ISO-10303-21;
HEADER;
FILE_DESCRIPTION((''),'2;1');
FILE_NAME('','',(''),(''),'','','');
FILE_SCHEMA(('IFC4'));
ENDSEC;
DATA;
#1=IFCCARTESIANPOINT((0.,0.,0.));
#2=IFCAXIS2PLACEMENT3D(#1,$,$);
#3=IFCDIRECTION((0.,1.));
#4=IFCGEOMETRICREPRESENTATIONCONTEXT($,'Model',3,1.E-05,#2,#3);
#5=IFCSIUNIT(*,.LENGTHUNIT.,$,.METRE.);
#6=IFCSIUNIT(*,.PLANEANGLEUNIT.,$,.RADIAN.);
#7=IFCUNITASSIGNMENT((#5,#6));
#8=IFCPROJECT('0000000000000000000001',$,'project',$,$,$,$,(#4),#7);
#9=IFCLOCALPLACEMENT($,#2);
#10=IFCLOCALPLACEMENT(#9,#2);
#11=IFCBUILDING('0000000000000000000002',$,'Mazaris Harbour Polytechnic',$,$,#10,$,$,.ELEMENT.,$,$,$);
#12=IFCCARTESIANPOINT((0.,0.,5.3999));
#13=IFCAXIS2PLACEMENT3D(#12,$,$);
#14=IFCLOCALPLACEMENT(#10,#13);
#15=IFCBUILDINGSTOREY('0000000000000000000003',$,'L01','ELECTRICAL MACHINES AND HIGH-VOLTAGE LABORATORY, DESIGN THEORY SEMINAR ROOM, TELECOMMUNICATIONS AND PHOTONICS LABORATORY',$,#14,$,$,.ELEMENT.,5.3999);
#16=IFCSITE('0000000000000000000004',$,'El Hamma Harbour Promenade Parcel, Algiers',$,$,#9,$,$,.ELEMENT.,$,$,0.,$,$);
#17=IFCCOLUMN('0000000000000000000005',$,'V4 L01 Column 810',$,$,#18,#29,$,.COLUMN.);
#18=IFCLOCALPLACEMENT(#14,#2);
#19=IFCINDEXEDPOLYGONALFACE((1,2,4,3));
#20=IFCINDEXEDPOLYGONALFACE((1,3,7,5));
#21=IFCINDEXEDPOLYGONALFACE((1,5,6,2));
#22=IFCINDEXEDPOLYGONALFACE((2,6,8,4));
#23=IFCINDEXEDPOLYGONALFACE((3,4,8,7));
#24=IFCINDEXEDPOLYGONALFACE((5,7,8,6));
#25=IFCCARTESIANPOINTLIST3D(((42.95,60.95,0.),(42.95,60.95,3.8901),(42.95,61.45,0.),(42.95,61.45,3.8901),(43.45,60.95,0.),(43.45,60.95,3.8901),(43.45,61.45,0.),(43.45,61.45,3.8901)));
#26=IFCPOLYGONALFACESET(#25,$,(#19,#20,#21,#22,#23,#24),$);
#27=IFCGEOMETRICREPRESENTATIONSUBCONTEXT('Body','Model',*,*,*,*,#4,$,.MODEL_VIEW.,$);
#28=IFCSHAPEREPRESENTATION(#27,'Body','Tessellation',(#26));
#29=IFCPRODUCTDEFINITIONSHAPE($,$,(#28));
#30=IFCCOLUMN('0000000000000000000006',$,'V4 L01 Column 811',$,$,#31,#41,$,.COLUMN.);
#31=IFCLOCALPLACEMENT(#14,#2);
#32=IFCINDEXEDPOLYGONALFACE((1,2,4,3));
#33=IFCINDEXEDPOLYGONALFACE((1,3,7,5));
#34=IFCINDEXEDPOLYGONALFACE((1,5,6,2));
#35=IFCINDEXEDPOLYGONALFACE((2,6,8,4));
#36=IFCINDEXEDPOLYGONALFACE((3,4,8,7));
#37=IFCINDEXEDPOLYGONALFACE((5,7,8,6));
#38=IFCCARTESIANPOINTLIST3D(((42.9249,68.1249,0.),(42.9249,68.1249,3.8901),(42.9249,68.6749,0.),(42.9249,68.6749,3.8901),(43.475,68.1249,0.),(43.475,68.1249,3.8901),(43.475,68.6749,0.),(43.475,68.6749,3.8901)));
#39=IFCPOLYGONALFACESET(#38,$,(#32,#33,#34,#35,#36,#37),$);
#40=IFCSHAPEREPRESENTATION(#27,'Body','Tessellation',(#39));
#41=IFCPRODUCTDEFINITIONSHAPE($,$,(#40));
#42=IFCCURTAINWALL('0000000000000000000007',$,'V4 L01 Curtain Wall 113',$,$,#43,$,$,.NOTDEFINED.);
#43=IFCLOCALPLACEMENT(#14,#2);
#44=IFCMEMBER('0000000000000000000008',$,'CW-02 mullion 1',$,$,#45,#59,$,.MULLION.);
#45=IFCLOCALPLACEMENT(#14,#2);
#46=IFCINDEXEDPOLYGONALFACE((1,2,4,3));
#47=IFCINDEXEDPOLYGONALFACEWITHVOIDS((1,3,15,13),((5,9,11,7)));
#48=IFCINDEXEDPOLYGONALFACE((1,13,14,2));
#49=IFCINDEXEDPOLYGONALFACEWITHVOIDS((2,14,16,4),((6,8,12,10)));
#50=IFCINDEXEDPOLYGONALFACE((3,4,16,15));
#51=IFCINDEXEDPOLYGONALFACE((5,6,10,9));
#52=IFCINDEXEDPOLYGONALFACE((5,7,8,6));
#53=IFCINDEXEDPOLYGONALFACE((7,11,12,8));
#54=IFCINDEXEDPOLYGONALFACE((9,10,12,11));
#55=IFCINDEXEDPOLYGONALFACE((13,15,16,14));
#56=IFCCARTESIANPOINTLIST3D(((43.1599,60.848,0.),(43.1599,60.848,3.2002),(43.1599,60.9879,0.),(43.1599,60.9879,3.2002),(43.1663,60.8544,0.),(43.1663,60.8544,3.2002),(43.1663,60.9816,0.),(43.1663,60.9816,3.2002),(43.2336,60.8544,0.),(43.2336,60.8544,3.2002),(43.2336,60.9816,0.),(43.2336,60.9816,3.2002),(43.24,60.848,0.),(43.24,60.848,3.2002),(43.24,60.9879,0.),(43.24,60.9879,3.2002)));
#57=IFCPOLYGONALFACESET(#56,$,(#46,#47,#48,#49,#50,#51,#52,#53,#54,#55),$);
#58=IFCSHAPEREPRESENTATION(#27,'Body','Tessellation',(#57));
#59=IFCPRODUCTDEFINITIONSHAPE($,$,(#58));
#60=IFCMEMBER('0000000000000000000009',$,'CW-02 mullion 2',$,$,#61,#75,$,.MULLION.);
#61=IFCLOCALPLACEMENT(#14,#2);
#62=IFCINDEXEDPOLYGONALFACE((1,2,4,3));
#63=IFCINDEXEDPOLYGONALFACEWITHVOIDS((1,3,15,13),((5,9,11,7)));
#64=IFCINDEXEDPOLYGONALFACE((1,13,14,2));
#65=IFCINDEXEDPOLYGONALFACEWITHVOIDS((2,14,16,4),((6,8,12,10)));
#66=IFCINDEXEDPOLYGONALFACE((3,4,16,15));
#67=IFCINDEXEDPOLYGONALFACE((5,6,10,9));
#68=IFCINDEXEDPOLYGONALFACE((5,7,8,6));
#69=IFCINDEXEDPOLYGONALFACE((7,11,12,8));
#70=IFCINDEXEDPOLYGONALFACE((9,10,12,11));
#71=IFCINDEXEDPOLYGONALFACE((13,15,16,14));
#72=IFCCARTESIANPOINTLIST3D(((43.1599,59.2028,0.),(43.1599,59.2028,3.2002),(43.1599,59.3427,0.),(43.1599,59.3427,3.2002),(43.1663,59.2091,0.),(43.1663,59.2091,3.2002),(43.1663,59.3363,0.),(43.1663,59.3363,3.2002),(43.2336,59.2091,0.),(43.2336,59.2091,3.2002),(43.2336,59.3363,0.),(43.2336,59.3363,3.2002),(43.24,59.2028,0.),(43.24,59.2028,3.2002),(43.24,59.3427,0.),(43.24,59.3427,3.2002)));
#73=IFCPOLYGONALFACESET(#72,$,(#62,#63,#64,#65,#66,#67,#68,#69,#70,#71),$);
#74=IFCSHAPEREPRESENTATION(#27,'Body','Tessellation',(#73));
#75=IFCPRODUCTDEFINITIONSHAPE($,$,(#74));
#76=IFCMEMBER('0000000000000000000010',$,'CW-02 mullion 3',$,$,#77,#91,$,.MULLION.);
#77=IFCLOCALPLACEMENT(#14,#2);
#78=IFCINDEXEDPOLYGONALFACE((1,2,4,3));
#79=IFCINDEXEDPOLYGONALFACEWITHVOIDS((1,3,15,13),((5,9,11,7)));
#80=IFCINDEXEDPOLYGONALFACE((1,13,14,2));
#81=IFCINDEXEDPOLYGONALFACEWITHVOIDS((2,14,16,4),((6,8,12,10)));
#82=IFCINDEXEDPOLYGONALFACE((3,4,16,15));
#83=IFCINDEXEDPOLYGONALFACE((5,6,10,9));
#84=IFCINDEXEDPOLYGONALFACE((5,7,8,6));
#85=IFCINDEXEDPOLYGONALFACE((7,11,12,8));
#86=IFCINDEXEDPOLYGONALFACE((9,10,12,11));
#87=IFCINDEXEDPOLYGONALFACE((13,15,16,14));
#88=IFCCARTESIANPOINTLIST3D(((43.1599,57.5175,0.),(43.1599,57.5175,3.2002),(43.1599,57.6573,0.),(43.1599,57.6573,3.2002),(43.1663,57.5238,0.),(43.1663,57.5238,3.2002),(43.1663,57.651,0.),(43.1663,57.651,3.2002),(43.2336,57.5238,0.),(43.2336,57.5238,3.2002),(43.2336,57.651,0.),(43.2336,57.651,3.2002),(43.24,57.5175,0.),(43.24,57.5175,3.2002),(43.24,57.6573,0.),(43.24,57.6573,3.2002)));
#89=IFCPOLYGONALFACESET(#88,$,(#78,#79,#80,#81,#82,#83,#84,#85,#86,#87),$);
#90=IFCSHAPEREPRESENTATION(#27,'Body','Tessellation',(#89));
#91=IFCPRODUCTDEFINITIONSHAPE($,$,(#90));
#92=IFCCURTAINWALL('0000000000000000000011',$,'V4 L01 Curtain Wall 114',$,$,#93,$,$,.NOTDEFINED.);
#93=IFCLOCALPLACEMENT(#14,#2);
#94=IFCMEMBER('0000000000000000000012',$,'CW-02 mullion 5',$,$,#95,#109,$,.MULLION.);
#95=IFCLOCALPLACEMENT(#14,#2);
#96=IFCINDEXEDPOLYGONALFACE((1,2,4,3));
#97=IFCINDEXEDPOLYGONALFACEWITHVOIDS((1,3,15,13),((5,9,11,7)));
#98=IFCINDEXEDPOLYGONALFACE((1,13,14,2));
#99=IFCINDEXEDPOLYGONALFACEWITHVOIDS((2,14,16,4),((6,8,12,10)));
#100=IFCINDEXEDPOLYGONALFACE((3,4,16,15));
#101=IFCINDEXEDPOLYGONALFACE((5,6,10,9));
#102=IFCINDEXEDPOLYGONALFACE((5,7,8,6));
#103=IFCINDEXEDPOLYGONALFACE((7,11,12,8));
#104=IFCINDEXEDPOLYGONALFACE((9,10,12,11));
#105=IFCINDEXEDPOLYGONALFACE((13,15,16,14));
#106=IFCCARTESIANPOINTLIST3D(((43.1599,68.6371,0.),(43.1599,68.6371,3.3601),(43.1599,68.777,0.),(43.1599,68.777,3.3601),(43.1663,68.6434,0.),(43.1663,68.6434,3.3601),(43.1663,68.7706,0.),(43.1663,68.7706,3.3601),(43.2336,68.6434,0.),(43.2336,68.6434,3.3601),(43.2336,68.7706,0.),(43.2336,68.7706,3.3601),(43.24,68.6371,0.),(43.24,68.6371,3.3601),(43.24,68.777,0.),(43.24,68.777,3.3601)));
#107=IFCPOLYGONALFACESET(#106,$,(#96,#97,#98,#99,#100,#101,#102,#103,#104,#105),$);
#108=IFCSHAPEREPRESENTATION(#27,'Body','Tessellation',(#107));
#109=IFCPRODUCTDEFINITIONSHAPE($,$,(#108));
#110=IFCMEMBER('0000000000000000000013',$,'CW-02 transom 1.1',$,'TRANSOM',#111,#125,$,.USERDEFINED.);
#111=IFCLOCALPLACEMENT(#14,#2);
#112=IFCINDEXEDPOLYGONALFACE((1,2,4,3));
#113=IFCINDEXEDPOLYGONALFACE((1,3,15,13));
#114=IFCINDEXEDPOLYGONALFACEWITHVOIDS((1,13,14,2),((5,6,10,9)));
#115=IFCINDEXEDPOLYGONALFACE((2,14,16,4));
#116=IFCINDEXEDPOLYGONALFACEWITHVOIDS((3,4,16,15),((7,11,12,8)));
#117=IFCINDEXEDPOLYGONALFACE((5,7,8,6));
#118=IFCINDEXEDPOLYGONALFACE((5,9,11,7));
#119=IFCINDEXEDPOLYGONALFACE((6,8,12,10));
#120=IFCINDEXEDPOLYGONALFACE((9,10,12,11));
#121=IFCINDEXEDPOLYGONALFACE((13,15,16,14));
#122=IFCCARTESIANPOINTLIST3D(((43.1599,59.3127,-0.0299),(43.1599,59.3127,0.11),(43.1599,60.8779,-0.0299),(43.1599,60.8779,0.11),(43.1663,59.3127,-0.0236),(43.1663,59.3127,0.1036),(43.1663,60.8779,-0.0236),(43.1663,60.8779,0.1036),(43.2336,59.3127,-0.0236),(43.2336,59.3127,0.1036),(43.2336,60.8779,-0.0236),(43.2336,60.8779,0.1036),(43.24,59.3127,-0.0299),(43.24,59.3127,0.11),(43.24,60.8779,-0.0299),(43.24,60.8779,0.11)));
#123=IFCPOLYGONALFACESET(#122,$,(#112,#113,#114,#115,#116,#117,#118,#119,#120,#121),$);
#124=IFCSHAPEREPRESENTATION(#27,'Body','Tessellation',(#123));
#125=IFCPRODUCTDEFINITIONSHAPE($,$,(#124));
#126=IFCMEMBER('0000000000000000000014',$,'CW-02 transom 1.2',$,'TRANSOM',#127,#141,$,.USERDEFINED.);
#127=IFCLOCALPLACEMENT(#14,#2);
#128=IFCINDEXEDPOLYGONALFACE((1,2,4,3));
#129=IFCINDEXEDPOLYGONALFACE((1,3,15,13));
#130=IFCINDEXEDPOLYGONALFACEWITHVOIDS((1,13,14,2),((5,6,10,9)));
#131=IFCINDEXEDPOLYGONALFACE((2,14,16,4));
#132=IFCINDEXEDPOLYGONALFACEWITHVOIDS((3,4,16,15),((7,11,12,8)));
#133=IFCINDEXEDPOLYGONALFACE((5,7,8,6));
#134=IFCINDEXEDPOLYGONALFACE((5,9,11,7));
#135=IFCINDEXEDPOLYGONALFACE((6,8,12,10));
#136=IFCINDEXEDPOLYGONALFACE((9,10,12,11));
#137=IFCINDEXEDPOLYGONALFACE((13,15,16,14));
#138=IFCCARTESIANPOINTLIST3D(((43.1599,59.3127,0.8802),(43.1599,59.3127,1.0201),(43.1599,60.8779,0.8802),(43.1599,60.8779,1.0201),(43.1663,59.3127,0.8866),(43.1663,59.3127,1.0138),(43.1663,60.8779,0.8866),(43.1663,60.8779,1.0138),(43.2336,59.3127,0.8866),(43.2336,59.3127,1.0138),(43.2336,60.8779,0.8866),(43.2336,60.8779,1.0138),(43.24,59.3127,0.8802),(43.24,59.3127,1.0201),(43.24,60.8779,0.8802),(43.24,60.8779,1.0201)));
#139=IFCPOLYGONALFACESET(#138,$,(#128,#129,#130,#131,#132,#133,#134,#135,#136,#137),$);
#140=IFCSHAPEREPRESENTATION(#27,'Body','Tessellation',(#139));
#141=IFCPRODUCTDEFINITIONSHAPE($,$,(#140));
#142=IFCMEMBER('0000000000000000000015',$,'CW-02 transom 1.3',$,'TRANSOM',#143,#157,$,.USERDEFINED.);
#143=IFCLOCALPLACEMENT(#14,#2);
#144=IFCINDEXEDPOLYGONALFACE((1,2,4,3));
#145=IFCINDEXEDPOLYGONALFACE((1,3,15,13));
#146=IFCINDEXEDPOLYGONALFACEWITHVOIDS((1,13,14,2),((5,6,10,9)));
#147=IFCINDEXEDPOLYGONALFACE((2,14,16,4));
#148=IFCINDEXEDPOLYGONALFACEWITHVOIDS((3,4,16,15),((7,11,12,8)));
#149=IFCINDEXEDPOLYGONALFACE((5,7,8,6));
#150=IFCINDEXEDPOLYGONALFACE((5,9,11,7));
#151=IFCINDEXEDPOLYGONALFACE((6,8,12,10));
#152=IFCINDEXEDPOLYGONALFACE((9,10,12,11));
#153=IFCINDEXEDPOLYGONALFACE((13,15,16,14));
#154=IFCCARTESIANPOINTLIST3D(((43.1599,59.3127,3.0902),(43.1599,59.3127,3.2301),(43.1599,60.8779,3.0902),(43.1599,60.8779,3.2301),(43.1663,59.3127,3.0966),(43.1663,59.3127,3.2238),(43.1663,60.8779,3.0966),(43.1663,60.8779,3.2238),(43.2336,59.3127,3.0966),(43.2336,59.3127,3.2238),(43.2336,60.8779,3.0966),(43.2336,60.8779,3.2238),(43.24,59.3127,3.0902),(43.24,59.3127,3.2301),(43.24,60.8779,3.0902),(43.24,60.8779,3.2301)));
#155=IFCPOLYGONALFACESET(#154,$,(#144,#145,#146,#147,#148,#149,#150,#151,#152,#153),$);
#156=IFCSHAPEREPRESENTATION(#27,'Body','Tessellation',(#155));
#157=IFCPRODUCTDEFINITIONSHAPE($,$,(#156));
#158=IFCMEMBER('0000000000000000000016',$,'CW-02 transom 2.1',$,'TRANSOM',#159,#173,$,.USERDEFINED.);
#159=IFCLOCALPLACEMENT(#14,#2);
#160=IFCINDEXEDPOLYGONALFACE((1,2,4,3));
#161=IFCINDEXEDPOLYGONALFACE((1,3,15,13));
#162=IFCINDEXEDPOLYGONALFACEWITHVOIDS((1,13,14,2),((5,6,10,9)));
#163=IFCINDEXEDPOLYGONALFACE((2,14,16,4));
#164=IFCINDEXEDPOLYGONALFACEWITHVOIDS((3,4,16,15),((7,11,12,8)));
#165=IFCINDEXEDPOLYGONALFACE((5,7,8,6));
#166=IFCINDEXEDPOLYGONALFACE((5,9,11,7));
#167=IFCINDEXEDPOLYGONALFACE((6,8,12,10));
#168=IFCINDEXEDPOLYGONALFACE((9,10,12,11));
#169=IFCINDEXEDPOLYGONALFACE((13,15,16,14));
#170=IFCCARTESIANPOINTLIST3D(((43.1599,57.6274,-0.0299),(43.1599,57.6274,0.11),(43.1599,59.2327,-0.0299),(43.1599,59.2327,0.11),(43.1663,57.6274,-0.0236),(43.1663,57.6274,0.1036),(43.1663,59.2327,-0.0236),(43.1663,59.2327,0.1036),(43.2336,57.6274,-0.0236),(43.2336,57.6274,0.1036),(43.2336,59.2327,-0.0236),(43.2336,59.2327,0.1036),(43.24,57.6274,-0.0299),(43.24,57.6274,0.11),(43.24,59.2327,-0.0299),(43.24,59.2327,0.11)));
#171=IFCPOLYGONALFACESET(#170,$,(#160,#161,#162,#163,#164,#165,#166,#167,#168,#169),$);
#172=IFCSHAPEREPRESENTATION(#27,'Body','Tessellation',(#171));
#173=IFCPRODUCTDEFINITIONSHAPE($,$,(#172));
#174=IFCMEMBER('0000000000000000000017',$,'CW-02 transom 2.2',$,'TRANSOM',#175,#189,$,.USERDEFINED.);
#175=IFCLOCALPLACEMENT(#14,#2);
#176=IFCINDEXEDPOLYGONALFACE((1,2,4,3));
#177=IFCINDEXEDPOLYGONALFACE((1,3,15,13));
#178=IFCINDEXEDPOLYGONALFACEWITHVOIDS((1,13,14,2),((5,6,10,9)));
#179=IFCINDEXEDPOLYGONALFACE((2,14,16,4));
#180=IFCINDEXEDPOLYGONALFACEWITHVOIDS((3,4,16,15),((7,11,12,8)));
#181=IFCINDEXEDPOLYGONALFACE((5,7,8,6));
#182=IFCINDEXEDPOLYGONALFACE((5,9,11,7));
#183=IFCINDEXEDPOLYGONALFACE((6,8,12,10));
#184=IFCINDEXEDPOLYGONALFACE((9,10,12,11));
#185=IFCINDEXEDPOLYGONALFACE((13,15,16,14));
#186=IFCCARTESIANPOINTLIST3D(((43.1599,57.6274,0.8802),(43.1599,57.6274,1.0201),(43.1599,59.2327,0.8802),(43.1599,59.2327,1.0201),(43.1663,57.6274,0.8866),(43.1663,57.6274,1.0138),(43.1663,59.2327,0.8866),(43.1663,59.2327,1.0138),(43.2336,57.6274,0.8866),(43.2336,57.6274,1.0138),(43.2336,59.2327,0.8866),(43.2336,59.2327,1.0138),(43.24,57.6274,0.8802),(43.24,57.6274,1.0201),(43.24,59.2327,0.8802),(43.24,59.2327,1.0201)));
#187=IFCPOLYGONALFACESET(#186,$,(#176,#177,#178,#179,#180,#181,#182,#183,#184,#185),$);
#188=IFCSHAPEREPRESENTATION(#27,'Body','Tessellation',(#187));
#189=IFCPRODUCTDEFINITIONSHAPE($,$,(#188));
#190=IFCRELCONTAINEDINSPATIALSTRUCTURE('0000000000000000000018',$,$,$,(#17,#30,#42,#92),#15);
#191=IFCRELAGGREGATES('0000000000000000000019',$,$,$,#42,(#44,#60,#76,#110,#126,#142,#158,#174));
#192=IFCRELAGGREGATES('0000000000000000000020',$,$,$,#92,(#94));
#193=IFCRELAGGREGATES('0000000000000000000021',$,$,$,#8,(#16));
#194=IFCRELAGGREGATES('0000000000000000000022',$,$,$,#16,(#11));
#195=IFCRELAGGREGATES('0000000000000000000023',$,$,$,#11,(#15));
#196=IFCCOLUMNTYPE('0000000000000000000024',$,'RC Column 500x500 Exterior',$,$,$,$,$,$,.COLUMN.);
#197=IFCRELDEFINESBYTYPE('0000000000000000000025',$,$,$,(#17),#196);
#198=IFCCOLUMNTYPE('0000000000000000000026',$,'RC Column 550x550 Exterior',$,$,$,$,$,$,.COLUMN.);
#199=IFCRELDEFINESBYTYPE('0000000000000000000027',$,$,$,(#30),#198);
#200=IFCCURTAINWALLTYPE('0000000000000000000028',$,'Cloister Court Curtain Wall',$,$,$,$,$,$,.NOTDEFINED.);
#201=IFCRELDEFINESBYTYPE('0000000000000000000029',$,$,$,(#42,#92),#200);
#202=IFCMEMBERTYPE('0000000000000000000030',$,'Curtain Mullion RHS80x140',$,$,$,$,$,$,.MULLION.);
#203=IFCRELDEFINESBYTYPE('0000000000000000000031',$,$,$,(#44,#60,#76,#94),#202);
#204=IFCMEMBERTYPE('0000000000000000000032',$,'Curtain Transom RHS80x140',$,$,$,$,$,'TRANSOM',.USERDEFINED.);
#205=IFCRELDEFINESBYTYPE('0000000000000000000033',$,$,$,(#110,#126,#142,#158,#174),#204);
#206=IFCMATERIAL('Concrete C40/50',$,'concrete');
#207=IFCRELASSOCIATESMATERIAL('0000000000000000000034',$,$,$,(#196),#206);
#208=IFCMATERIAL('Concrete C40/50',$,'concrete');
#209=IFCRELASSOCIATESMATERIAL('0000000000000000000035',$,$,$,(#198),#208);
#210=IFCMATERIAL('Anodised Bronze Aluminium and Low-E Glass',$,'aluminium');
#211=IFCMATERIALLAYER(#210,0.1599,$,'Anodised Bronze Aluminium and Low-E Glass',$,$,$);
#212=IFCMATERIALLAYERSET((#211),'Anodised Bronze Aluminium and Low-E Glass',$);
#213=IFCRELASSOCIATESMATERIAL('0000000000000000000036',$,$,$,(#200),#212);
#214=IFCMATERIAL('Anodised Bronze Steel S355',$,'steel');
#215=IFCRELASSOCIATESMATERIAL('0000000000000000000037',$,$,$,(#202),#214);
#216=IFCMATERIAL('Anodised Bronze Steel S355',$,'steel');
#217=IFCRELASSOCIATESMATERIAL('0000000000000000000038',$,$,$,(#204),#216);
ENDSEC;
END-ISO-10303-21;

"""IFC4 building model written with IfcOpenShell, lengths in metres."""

from ifc_helpers import new_model, si_unit, direction, frame, origin, origin_2d, place, context, subcontext, project, spatial, rectangle, hollow_rectangle, extrude, material, layer, layer_set, material_profile, profile_set, type_object, element, aggregate, save


model = new_model("IFC4")

# Units and contexts
model_context = context("Model", 3, precision=1e-05, world=origin(), true_north=direction((0.0, 1.0)))
body_context = subcontext(model_context, "Body", "Model", "MODEL_VIEW")
ifc_project = project(units=[si_unit("LENGTHUNIT", "METRE"), si_unit("PLANEANGLEUNIT", "RADIAN")], contexts=[model_context])

# Site, building, storey
site_placement = place(None, origin())
site = spatial("IfcSite", under=ifc_project, at=site_placement, Name="El Hamma Harbour Promenade Parcel, Algiers", CompositionType="ELEMENT", RefElevation=0.0)
building_placement = place(site_placement, origin())
building = spatial("IfcBuilding", under=site, at=building_placement, Name="Mazaris Harbour Polytechnic", CompositionType="ELEMENT")
storey_placement = place(building_placement, frame((0.0, 0.0, 5.3999)))
storey = spatial("IfcBuildingStorey", under=building, at=storey_placement, Name="L01", Description="ELECTRICAL MACHINES AND HIGH-VOLTAGE LABORATORY, DESIGN THEORY SEMINAR ROOM, TELECOMMUNICATIONS AND PHOTONICS LABORATORY", CompositionType="ELEMENT", Elevation=5.3999)

# Columns
ifc_material_1 = material(Name="Concrete C40/50", Category="concrete")
ifc_material_profile_1 = material_profile(ifc_material_1, rectangle(XDim=0.5, YDim=0.5, at=origin_2d()), Name="RECT500x500")
ifc_profile_set_1 = profile_set([ifc_material_profile_1], Name="Concrete C40/50")
column_type_1 = type_object("IfcColumnType", Name="RC Column 500x500 Exterior", PredefinedType="COLUMN", material=ifc_profile_set_1)
column_1_placement = place(storey_placement, frame((43.2, 61.2, 0.0), z_axis=(0.0, 0.0, 1.0), x_axis=(1.0, 0.0, 0.0)))
element("IfcColumn", 1, at=column_1_placement, inside=storey, type_object=column_type_1, Name="V4 L01 Column 810", PredefinedType="COLUMN", context=body_context, shape_type="SweptSolid", body=[
    extrude(rectangle(XDim=0.5, YDim=0.5, at=origin_2d()), origin(), (0.0, 0.0, 1.0), 3.8901),
])
ifc_material_2 = material(Name="Concrete C40/50", Category="concrete")
ifc_material_profile_2 = material_profile(ifc_material_2, rectangle(XDim=0.55, YDim=0.55, at=origin_2d()), Name="RECT550x550")
ifc_profile_set_2 = profile_set([ifc_material_profile_2], Name="Concrete C40/50")
column_type_2 = type_object("IfcColumnType", Name="RC Column 550x550 Exterior", PredefinedType="COLUMN", material=ifc_profile_set_2)
column_2_placement = place(storey_placement, frame((43.2, 68.3999, 0.0), z_axis=(0.0, 0.0, 1.0), x_axis=(1.0, 0.0, 0.0)))
element("IfcColumn", 2, at=column_2_placement, inside=storey, type_object=column_type_2, Name="V4 L01 Column 811", PredefinedType="COLUMN", context=body_context, shape_type="SweptSolid", body=[
    extrude(rectangle(XDim=0.55, YDim=0.55, at=origin_2d()), origin(), (0.0, 0.0, 1.0), 3.8901),
])

# Curtain wall, members
ifc_material_3 = material(Name="Anodised Bronze Aluminium and Low-E Glass", Category="aluminium")
ifc_layer_1 = layer(ifc_material_3, 0.1599, Name="Anodised Bronze Aluminium and Low-E Glass")
ifc_layer_set_1 = layer_set([ifc_layer_1], Name="Anodised Bronze Aluminium and Low-E Glass")
curtain_wall_type = type_object("IfcCurtainWallType", Name="Cloister Court Curtain Wall", PredefinedType="NOTDEFINED", material=ifc_layer_set_1)
curtain_wall_1_placement = place(storey_placement, origin())
curtain_wall_1 = element("IfcCurtainWall", 3, at=curtain_wall_1_placement, inside=storey, type_object=curtain_wall_type, Name="V4 L01 Curtain Wall 113", PredefinedType="NOTDEFINED")
ifc_material_4 = material(Name="Anodised Bronze Steel S355", Category="steel")
ifc_material_profile_3 = material_profile(ifc_material_4, hollow_rectangle(XDim=0.0801, YDim=0.1399, WallThickness=0.0063, at=origin_2d()), Name="RHS 80x140x6.3")
ifc_profile_set_3 = profile_set([ifc_material_profile_3], Name="Anodised Bronze Steel S355")
member_type_1 = type_object("IfcMemberType", Name="Curtain Mullion RHS80x140", PredefinedType="MULLION", material=ifc_profile_set_3)
member_1_placement = place(storey_placement, frame((43.2, 60.918, 0.0), z_axis=(0.0, 0.0, 1.0), x_axis=(1.0, 0.0, 0.0)))
member_1 = element("IfcMember", 4, at=member_1_placement, type_object=member_type_1, Name="CW-02 mullion 1", PredefinedType="MULLION", context=body_context, shape_type="SweptSolid", body=[
    extrude(hollow_rectangle(XDim=0.0801, YDim=0.1399, WallThickness=0.0063, at=origin_2d()), origin(), (0.0, 0.0, 1.0), 3.2002),
])
member_2_placement = place(storey_placement, frame((43.2, 59.2727, 0.0), z_axis=(0.0, 0.0, 1.0), x_axis=(1.0, 0.0, 0.0)))
member_2 = element("IfcMember", 5, at=member_2_placement, type_object=member_type_1, Name="CW-02 mullion 2", PredefinedType="MULLION", context=body_context, shape_type="SweptSolid", body=[
    extrude(hollow_rectangle(XDim=0.0801, YDim=0.1399, WallThickness=0.0063, at=origin_2d()), origin(), (0.0, 0.0, 1.0), 3.2002),
])
member_3_placement = place(storey_placement, frame((43.2, 57.5874, 0.0), z_axis=(0.0, 0.0, 1.0), x_axis=(1.0, 0.0, 0.0)))
member_3 = element("IfcMember", 6, at=member_3_placement, type_object=member_type_1, Name="CW-02 mullion 3", PredefinedType="MULLION", context=body_context, shape_type="SweptSolid", body=[
    extrude(hollow_rectangle(XDim=0.0801, YDim=0.1399, WallThickness=0.0063, at=origin_2d()), origin(), (0.0, 0.0, 1.0), 3.2002),
])

# Curtain wall, member
curtain_wall_2_placement = place(storey_placement, origin())
curtain_wall_2 = element("IfcCurtainWall", 7, at=curtain_wall_2_placement, inside=storey, type_object=curtain_wall_type, Name="V4 L01 Curtain Wall 114", PredefinedType="NOTDEFINED")
member_4_placement = place(storey_placement, frame((43.2, 68.707, 0.0), z_axis=(0.0, 0.0, 1.0), x_axis=(1.0, 0.0, 0.0)))
member_4 = element("IfcMember", 8, at=member_4_placement, type_object=member_type_1, Name="CW-02 mullion 5", PredefinedType="MULLION", context=body_context, shape_type="SweptSolid", body=[
    extrude(hollow_rectangle(XDim=0.0801, YDim=0.1399, WallThickness=0.0063, at=origin_2d()), origin(), (0.0, 0.0, 1.0), 3.3601),
])

# Members
ifc_material_5 = material(Name="Anodised Bronze Steel S355", Category="steel")
ifc_material_profile_4 = material_profile(ifc_material_5, hollow_rectangle(XDim=0.0801, YDim=0.1399, WallThickness=0.0063, at=origin_2d()), Name="RHS 80x140x6.3")
ifc_profile_set_4 = profile_set([ifc_material_profile_4], Name="Anodised Bronze Steel S355")
member_type_2 = type_object("IfcMemberType", Name="Curtain Transom RHS80x140", ElementType="TRANSOM", PredefinedType="USERDEFINED", material=ifc_profile_set_4)
member_5_placement = place(storey_placement, frame((43.2, 60.8779, 0.04), z_axis=(0.0, -1.0, 0.0), x_axis=(1.0, 0.0, 0.0)))
member_5 = element("IfcMember", 9, at=member_5_placement, type_object=member_type_2, Name="CW-02 transom 1.1", ObjectType="TRANSOM", PredefinedType="USERDEFINED", context=body_context, shape_type="SweptSolid", body=[
    extrude(hollow_rectangle(XDim=0.0801, YDim=0.1399, WallThickness=0.0063, at=origin_2d()), origin(), (0.0, 0.0, 1.0), 1.5652),
])
member_6_placement = place(storey_placement, frame((43.2, 60.8779, 0.9502), z_axis=(0.0, -1.0, 0.0), x_axis=(1.0, 0.0, 0.0)))
member_6 = element("IfcMember", 10, at=member_6_placement, type_object=member_type_2, Name="CW-02 transom 1.2", ObjectType="TRANSOM", PredefinedType="USERDEFINED", context=body_context, shape_type="SweptSolid", body=[
    extrude(hollow_rectangle(XDim=0.0801, YDim=0.1399, WallThickness=0.0063, at=origin_2d()), origin(), (0.0, 0.0, 1.0), 1.5652),
])
member_7_placement = place(storey_placement, frame((43.2, 60.8779, 3.1602), z_axis=(0.0, -1.0, 0.0), x_axis=(1.0, 0.0, 0.0)))
member_7 = element("IfcMember", 11, at=member_7_placement, type_object=member_type_2, Name="CW-02 transom 1.3", ObjectType="TRANSOM", PredefinedType="USERDEFINED", context=body_context, shape_type="SweptSolid", body=[
    extrude(hollow_rectangle(XDim=0.0801, YDim=0.1399, WallThickness=0.0063, at=origin_2d()), origin(), (0.0, 0.0, 1.0), 1.5652),
])
member_8_placement = place(storey_placement, frame((43.2, 59.2327, 0.04), z_axis=(0.0, -1.0, 0.0), x_axis=(1.0, 0.0, 0.0)))
member_8 = element("IfcMember", 12, at=member_8_placement, type_object=member_type_2, Name="CW-02 transom 2.1", ObjectType="TRANSOM", PredefinedType="USERDEFINED", context=body_context, shape_type="SweptSolid", body=[
    extrude(hollow_rectangle(XDim=0.0801, YDim=0.1399, WallThickness=0.0063, at=origin_2d()), origin(), (0.0, 0.0, 1.0), 1.6052),
])
member_9_placement = place(storey_placement, frame((43.2, 59.2327, 0.9502), z_axis=(0.0, -1.0, 0.0), x_axis=(1.0, 0.0, 0.0)))
member_9 = element("IfcMember", 13, at=member_9_placement, type_object=member_type_2, Name="CW-02 transom 2.2", ObjectType="TRANSOM", PredefinedType="USERDEFINED", context=body_context, shape_type="SweptSolid", body=[
    extrude(hollow_rectangle(XDim=0.0801, YDim=0.1399, WallThickness=0.0063, at=origin_2d()), origin(), (0.0, 0.0, 1.0), 1.6052),
])

aggregate(curtain_wall_1, [member_1, member_2, member_3, member_5, member_6, member_7, member_8, member_9])
aggregate(curtain_wall_2, [member_4])

save(model, "model.ifc")
